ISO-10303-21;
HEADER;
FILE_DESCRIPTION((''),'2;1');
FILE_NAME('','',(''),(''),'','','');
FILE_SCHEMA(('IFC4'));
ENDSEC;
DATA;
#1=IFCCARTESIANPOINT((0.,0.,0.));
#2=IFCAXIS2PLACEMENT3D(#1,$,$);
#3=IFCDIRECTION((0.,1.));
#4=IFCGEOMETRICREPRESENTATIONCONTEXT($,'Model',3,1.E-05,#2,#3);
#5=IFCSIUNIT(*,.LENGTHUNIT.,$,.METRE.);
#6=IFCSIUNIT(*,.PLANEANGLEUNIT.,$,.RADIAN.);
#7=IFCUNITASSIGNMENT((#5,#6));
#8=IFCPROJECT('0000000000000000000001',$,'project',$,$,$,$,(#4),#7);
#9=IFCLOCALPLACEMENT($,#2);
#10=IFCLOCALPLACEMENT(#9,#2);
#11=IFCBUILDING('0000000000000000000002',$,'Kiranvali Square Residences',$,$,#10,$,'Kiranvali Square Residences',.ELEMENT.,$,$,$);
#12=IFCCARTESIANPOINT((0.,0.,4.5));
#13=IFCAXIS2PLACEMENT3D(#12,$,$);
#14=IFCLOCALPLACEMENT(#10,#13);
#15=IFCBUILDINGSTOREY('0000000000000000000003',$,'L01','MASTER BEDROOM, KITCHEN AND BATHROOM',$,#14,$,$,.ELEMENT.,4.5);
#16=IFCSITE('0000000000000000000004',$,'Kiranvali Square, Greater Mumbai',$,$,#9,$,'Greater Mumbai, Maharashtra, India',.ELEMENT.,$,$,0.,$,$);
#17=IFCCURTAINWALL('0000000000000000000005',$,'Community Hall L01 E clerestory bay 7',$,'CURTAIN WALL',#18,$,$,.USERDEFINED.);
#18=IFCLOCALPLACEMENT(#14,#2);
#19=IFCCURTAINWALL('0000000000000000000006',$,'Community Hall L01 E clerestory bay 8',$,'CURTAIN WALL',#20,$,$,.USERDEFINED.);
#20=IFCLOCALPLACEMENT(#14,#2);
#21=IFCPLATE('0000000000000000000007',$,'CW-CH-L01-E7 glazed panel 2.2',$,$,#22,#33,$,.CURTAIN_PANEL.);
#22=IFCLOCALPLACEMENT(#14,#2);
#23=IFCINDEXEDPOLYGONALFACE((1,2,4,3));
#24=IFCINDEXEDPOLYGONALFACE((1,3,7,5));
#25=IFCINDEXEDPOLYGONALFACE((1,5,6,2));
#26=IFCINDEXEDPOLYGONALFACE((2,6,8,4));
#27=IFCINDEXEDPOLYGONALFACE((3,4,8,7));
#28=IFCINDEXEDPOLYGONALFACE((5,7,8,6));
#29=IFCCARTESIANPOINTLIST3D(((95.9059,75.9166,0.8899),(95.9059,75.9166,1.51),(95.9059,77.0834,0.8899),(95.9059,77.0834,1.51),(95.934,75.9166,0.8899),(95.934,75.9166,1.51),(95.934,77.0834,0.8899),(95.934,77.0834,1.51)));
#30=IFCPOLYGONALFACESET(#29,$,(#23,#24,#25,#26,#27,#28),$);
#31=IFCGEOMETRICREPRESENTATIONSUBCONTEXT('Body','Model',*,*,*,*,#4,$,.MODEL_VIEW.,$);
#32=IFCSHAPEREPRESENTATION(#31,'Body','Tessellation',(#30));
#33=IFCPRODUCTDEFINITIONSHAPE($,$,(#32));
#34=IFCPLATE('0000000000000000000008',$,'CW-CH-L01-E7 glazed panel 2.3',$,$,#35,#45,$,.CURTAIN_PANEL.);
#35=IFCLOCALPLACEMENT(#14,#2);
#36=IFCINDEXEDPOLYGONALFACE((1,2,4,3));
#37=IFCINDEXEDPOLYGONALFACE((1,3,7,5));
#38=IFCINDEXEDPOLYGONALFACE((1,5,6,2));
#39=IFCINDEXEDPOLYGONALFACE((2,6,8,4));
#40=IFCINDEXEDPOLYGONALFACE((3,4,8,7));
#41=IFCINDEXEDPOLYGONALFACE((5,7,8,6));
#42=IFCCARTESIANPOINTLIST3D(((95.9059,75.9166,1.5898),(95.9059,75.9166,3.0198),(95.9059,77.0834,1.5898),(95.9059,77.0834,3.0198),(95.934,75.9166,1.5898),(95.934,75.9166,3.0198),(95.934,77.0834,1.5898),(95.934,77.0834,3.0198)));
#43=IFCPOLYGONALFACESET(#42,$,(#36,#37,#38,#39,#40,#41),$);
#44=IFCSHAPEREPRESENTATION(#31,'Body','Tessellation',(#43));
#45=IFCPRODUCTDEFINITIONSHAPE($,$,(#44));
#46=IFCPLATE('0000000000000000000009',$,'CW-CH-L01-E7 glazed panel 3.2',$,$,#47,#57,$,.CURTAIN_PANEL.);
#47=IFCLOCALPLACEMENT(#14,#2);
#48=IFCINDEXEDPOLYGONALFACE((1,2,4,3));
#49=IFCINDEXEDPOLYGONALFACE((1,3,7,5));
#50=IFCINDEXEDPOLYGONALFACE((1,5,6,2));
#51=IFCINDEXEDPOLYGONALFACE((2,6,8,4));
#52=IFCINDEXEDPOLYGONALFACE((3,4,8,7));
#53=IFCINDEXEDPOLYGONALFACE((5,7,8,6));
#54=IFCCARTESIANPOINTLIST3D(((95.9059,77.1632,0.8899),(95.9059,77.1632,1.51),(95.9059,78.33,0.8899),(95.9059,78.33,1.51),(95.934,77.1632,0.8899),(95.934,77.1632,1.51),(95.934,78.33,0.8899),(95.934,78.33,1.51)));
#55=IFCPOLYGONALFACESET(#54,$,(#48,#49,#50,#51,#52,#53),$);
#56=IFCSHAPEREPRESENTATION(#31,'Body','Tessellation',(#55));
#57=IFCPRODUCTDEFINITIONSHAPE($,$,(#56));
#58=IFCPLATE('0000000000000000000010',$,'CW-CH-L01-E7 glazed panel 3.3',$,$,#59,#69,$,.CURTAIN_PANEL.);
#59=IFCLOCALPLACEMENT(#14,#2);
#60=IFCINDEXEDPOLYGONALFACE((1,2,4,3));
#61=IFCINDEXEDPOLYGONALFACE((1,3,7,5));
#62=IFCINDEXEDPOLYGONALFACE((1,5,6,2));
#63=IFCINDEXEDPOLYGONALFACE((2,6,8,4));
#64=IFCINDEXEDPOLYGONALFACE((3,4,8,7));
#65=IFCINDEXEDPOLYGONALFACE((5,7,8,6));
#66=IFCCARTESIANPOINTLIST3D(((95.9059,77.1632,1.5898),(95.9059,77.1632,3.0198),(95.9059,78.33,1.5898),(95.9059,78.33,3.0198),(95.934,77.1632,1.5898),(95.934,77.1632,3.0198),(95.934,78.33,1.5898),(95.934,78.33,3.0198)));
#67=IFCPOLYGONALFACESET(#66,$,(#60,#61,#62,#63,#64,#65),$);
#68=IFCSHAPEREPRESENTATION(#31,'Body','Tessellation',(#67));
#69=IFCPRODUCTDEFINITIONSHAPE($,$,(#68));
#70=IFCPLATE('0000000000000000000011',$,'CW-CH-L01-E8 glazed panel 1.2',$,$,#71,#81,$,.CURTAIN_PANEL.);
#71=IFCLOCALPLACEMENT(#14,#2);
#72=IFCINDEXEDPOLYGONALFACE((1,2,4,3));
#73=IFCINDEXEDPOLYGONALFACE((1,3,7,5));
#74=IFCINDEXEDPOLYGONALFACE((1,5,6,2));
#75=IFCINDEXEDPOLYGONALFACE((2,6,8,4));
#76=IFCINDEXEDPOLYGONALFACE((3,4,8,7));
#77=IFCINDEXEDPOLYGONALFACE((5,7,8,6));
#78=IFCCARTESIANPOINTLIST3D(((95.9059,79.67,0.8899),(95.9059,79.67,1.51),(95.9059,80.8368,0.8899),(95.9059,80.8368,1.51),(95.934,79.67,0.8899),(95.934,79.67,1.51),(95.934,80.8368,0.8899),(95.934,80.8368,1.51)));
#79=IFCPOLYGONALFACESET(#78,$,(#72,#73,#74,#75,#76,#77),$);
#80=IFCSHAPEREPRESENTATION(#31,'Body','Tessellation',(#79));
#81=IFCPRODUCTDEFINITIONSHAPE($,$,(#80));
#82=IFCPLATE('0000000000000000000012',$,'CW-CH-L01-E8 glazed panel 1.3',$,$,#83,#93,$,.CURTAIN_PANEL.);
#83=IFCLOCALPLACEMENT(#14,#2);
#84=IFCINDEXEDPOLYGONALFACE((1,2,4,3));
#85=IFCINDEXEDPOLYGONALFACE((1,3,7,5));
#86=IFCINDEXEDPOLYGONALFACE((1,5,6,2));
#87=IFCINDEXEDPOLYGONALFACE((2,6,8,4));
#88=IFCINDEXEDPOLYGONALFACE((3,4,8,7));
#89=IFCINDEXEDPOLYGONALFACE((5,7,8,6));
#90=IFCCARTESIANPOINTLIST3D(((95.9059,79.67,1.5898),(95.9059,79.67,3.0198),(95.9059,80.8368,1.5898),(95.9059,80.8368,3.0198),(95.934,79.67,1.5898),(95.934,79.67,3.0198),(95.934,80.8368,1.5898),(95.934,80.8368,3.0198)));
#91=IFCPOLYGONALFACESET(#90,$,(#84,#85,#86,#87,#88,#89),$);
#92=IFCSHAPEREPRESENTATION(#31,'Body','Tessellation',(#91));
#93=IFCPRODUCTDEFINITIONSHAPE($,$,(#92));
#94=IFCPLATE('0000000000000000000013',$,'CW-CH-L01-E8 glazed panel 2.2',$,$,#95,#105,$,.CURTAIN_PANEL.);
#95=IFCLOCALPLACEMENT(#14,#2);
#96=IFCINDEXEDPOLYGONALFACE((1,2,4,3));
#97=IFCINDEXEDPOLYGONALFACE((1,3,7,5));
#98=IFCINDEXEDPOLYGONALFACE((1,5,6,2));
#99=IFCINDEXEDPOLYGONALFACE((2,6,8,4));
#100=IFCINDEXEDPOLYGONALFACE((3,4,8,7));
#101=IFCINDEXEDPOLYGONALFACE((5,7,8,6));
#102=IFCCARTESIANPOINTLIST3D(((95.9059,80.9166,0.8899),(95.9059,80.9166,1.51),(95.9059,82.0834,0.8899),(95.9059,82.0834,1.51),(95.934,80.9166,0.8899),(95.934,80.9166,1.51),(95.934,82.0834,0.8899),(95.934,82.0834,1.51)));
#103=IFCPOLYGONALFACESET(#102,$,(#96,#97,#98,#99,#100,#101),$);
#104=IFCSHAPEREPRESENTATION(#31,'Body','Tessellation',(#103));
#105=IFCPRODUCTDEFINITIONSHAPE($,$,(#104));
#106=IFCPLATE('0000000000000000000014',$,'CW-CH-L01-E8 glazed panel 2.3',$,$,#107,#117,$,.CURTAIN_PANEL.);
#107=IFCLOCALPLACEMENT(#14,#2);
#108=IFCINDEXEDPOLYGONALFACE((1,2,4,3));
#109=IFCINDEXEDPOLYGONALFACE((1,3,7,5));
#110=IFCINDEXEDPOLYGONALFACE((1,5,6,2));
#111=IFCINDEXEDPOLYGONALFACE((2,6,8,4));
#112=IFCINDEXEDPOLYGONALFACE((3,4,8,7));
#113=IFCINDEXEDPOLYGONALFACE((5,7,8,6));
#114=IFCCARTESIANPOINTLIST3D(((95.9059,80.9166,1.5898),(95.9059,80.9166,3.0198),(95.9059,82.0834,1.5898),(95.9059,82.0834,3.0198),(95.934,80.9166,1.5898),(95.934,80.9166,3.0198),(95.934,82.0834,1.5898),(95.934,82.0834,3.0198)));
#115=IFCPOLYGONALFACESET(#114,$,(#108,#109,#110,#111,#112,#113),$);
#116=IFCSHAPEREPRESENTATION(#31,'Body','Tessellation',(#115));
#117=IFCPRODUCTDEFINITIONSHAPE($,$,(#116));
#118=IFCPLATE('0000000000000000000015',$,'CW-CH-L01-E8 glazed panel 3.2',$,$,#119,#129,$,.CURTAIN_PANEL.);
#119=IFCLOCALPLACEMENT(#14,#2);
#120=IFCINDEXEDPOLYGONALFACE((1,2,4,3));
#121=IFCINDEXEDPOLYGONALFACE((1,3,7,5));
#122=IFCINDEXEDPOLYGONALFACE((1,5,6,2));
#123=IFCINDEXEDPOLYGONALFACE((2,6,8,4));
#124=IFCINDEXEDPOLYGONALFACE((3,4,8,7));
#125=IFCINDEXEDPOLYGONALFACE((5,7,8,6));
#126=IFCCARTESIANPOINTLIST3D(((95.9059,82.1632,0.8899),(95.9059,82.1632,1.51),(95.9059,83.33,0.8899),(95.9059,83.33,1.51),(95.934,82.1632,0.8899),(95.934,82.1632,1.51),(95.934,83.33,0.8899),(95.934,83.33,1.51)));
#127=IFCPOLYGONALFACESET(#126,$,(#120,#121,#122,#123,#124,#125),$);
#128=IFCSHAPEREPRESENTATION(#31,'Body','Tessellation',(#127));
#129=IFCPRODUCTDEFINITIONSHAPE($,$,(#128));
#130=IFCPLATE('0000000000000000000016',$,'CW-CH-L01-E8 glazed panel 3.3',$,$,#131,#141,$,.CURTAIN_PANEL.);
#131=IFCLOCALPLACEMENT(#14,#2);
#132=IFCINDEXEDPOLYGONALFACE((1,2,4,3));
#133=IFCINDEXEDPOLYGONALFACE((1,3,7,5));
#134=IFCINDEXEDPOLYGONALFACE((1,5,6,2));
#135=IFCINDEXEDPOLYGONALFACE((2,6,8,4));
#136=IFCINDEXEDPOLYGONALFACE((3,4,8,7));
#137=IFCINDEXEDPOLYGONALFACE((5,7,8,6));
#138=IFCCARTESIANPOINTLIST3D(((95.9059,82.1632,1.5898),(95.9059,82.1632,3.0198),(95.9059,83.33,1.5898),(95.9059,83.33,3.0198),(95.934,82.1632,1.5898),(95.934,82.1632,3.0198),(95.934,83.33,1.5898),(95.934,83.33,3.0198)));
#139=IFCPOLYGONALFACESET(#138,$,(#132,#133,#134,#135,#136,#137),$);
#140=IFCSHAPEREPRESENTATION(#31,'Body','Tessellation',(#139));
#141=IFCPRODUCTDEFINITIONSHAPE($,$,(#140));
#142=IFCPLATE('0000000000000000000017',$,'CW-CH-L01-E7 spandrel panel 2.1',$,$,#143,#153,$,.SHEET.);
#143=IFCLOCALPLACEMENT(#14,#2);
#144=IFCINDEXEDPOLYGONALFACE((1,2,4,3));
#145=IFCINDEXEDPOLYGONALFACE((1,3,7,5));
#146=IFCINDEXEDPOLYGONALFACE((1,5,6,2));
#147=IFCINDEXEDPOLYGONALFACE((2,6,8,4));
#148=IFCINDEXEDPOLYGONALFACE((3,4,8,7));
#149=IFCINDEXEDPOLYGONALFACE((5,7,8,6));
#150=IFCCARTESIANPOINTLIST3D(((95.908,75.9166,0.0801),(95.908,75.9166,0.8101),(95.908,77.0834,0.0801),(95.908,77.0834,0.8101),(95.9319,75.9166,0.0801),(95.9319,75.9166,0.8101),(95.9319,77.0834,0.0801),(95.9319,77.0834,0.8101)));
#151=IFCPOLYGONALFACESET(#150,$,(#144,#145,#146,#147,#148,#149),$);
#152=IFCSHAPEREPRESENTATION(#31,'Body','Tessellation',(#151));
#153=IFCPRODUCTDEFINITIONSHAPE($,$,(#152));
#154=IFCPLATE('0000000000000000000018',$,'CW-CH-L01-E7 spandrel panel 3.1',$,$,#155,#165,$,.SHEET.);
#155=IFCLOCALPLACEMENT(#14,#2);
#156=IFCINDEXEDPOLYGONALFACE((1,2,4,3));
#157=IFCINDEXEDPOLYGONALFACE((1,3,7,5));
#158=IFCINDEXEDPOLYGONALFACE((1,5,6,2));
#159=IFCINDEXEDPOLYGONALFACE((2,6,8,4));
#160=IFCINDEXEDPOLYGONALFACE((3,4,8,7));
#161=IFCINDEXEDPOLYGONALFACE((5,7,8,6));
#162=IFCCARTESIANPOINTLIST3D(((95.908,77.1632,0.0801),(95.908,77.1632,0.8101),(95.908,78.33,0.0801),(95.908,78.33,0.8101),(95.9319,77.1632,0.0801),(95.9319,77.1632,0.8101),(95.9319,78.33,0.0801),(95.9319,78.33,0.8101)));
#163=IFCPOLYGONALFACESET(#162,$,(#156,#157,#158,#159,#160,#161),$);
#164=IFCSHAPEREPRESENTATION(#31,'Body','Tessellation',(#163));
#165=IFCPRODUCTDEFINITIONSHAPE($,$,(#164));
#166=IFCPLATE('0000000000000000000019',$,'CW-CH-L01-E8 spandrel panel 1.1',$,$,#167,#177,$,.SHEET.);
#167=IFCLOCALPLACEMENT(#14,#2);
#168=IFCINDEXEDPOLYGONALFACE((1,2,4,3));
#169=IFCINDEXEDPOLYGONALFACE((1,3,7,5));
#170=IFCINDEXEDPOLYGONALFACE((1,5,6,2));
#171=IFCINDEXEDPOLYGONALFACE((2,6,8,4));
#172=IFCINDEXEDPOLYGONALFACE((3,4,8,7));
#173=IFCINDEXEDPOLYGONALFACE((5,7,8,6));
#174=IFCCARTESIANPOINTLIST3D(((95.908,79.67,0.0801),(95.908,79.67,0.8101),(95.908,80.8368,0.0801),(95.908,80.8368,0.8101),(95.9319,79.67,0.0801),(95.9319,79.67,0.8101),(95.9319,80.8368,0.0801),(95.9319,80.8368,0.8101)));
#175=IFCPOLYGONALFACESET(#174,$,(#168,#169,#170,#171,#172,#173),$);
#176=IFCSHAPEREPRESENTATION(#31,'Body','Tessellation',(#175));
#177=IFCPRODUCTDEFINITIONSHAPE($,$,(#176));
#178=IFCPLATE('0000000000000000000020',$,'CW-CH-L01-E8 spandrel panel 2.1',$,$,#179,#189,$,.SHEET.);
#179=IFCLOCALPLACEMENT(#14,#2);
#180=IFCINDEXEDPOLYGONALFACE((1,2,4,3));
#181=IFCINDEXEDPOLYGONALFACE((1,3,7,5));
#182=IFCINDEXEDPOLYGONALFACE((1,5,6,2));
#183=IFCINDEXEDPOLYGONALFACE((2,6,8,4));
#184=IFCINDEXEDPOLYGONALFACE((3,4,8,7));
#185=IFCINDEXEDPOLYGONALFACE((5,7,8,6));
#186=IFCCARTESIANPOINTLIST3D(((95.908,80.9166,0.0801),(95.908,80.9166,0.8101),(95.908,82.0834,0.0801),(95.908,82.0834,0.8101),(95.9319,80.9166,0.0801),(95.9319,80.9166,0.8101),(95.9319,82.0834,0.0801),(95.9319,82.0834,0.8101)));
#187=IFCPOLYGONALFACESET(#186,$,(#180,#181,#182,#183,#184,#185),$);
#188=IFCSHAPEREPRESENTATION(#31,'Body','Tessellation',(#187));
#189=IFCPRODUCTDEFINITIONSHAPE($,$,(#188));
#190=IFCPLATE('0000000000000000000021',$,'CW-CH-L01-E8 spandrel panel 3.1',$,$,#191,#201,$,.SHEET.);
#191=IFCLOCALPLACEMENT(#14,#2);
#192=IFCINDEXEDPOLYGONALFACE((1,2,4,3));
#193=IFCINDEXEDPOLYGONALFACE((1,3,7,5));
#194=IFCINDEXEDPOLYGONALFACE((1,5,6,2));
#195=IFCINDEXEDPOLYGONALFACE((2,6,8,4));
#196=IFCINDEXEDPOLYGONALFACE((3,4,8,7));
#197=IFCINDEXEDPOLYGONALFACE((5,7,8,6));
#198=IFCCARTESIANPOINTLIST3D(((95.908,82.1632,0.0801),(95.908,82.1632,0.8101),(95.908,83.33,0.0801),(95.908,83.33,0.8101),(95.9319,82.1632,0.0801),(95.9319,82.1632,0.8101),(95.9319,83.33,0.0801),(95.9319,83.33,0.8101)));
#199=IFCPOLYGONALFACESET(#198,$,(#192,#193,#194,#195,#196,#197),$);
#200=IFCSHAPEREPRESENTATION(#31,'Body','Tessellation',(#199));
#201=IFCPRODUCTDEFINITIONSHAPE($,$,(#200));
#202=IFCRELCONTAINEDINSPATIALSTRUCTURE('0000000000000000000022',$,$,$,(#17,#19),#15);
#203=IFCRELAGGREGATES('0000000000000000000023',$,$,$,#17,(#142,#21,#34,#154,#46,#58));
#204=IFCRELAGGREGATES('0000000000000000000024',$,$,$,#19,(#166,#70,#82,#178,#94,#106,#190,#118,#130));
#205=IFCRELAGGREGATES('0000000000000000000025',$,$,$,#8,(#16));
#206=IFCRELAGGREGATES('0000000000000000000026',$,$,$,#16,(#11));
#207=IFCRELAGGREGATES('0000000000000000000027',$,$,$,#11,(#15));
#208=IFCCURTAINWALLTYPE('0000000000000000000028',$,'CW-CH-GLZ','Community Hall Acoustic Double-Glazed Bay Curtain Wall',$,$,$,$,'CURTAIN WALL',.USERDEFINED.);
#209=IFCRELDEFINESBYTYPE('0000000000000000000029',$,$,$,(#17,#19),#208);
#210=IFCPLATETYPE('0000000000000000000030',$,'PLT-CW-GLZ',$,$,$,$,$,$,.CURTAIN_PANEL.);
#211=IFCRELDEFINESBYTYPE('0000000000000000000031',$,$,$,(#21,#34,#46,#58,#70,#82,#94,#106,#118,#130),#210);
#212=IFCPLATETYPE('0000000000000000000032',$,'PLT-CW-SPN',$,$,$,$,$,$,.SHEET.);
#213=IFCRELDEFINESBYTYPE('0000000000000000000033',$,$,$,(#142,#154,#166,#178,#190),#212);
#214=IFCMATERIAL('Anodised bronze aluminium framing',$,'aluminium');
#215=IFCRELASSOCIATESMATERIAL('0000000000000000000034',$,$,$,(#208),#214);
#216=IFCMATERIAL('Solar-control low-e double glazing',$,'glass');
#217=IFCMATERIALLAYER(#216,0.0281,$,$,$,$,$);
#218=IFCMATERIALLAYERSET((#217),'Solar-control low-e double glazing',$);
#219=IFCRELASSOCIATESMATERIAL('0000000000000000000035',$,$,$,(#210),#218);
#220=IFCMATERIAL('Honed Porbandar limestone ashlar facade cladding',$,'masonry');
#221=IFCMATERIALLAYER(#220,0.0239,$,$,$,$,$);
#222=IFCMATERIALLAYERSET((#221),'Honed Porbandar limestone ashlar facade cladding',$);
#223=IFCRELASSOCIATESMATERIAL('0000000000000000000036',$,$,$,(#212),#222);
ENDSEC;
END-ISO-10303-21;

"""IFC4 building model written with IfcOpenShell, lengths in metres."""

from ifc_helpers import new_model, si_unit, direction, frame, origin, origin_2d, place, context, subcontext, project, spatial, rectangle, extrude, material, layer, layer_set, type_object, element, aggregate, save


model = new_model("IFC4")

# Units and contexts
model_context = context("Model", 3, precision=1e-05, world=origin(), true_north=direction((0.0, 1.0)))
body_context = subcontext(model_context, "Body", "Model", "MODEL_VIEW")
ifc_project = project(units=[si_unit("LENGTHUNIT", "METRE"), si_unit("PLANEANGLEUNIT", "RADIAN")], contexts=[model_context])

# Site, building, storey
site_placement = place(None, origin())
site = spatial("IfcSite", under=ifc_project, at=site_placement, Name="Kiranvali Square, Greater Mumbai", LongName="Greater Mumbai, Maharashtra, India", CompositionType="ELEMENT", RefElevation=0.0)
building_placement = place(site_placement, origin())
building = spatial("IfcBuilding", under=site, at=building_placement, Name="Kiranvali Square Residences", LongName="Kiranvali Square Residences", CompositionType="ELEMENT")
storey_placement = place(building_placement, frame((0.0, 0.0, 4.5)))
storey = spatial("IfcBuildingStorey", under=building, at=storey_placement, Name="L01", Description="MASTER BEDROOM, KITCHEN AND BATHROOM", CompositionType="ELEMENT", Elevation=4.5)

# Curtain walls
ifc_material_1 = material(Name="Anodised bronze aluminium framing", Category="aluminium")
curtain_wall_type = type_object("IfcCurtainWallType", Name="CW-CH-GLZ", Description="Community Hall Acoustic Double-Glazed Bay Curtain Wall", ElementType="CURTAIN WALL", PredefinedType="USERDEFINED", material=ifc_material_1)
curtain_wall_1_placement = place(storey_placement, origin())
curtain_wall_1 = element("IfcCurtainWall", 1, at=curtain_wall_1_placement, inside=storey, type_object=curtain_wall_type, Name="Community Hall L01 E clerestory bay 7", ObjectType="CURTAIN WALL", PredefinedType="USERDEFINED")
curtain_wall_2_placement = place(storey_placement, origin())
curtain_wall_2 = element("IfcCurtainWall", 2, at=curtain_wall_2_placement, inside=storey, type_object=curtain_wall_type, Name="Community Hall L01 E clerestory bay 8", ObjectType="CURTAIN WALL", PredefinedType="USERDEFINED")

# Plates
ifc_material_2 = material(Name="Solar-control low-e double glazing", Category="glass")
ifc_layer_1 = layer(ifc_material_2, 0.0281)
ifc_layer_set_1 = layer_set([ifc_layer_1], Name="Solar-control low-e double glazing")
plate_type_1 = type_object("IfcPlateType", Name="PLT-CW-GLZ", PredefinedType="CURTAIN_PANEL", material=ifc_layer_set_1)
plate_1_placement = place(storey_placement, frame((95.9199, 76.5, 0.8899), z_axis=(0.0, 0.0, 1.0), x_axis=(0.0, 1.0, 0.0)))
plate_1 = element("IfcPlate", 3, at=plate_1_placement, type_object=plate_type_1, Name="CW-CH-L01-E7 glazed panel 2.2", PredefinedType="CURTAIN_PANEL", context=body_context, shape_type="SweptSolid", body=[
    extrude(rectangle(XDim=1.1667, YDim=0.0281, at=origin_2d()), origin(), (0.0, 0.0, 1.0), 0.6201),
])
plate_2_placement = place(storey_placement, frame((95.9199, 76.5, 1.5898), z_axis=(0.0, 0.0, 1.0), x_axis=(0.0, 1.0, 0.0)))
plate_2 = element("IfcPlate", 4, at=plate_2_placement, type_object=plate_type_1, Name="CW-CH-L01-E7 glazed panel 2.3", PredefinedType="CURTAIN_PANEL", context=body_context, shape_type="SweptSolid", body=[
    extrude(rectangle(XDim=1.1667, YDim=0.0281, at=origin_2d()), origin(), (0.0, 0.0, 1.0), 1.4299),
])
plate_3_placement = place(storey_placement, frame((95.9199, 77.7466, 0.8899), z_axis=(0.0, 0.0, 1.0), x_axis=(0.0, 1.0, 0.0)))
plate_3 = element("IfcPlate", 5, at=plate_3_placement, type_object=plate_type_1, Name="CW-CH-L01-E7 glazed panel 3.2", PredefinedType="CURTAIN_PANEL", context=body_context, shape_type="SweptSolid", body=[
    extrude(rectangle(XDim=1.1667, YDim=0.0281, at=origin_2d()), origin(), (0.0, 0.0, 1.0), 0.6201),
])
plate_4_placement = place(storey_placement, frame((95.9199, 77.7466, 1.5898), z_axis=(0.0, 0.0, 1.0), x_axis=(0.0, 1.0, 0.0)))
plate_4 = element("IfcPlate", 6, at=plate_4_placement, type_object=plate_type_1, Name="CW-CH-L01-E7 glazed panel 3.3", PredefinedType="CURTAIN_PANEL", context=body_context, shape_type="SweptSolid", body=[
    extrude(rectangle(XDim=1.1667, YDim=0.0281, at=origin_2d()), origin(), (0.0, 0.0, 1.0), 1.4299),
])
plate_5_placement = place(storey_placement, frame((95.9199, 80.2534, 0.8899), z_axis=(0.0, 0.0, 1.0), x_axis=(0.0, 1.0, 0.0)))
plate_5 = element("IfcPlate", 7, at=plate_5_placement, type_object=plate_type_1, Name="CW-CH-L01-E8 glazed panel 1.2", PredefinedType="CURTAIN_PANEL", context=body_context, shape_type="SweptSolid", body=[
    extrude(rectangle(XDim=1.1667, YDim=0.0281, at=origin_2d()), origin(), (0.0, 0.0, 1.0), 0.6201),
])
plate_6_placement = place(storey_placement, frame((95.9199, 80.2534, 1.5898), z_axis=(0.0, 0.0, 1.0), x_axis=(0.0, 1.0, 0.0)))
plate_6 = element("IfcPlate", 8, at=plate_6_placement, type_object=plate_type_1, Name="CW-CH-L01-E8 glazed panel 1.3", PredefinedType="CURTAIN_PANEL", context=body_context, shape_type="SweptSolid", body=[
    extrude(rectangle(XDim=1.1667, YDim=0.0281, at=origin_2d()), origin(), (0.0, 0.0, 1.0), 1.4299),
])
plate_7_placement = place(storey_placement, frame((95.9199, 81.5, 0.8899), z_axis=(0.0, 0.0, 1.0), x_axis=(0.0, 1.0, 0.0)))
plate_7 = element("IfcPlate", 9, at=plate_7_placement, type_object=plate_type_1, Name="CW-CH-L01-E8 glazed panel 2.2", PredefinedType="CURTAIN_PANEL", context=body_context, shape_type="SweptSolid", body=[
    extrude(rectangle(XDim=1.1667, YDim=0.0281, at=origin_2d()), origin(), (0.0, 0.0, 1.0), 0.6201),
])
plate_8_placement = place(storey_placement, frame((95.9199, 81.5, 1.5898), z_axis=(0.0, 0.0, 1.0), x_axis=(0.0, 1.0, 0.0)))
plate_8 = element("IfcPlate", 10, at=plate_8_placement, type_object=plate_type_1, Name="CW-CH-L01-E8 glazed panel 2.3", PredefinedType="CURTAIN_PANEL", context=body_context, shape_type="SweptSolid", body=[
    extrude(rectangle(XDim=1.1667, YDim=0.0281, at=origin_2d()), origin(), (0.0, 0.0, 1.0), 1.4299),
])
plate_9_placement = place(storey_placement, frame((95.9199, 82.7466, 0.8899), z_axis=(0.0, 0.0, 1.0), x_axis=(0.0, 1.0, 0.0)))
plate_9 = element("IfcPlate", 11, at=plate_9_placement, type_object=plate_type_1, Name="CW-CH-L01-E8 glazed panel 3.2", PredefinedType="CURTAIN_PANEL", context=body_context, shape_type="SweptSolid", body=[
    extrude(rectangle(XDim=1.1667, YDim=0.0281, at=origin_2d()), origin(), (0.0, 0.0, 1.0), 0.6201),
])
plate_10_placement = place(storey_placement, frame((95.9199, 82.7466, 1.5898), z_axis=(0.0, 0.0, 1.0), x_axis=(0.0, 1.0, 0.0)))
plate_10 = element("IfcPlate", 12, at=plate_10_placement, type_object=plate_type_1, Name="CW-CH-L01-E8 glazed panel 3.3", PredefinedType="CURTAIN_PANEL", context=body_context, shape_type="SweptSolid", body=[
    extrude(rectangle(XDim=1.1667, YDim=0.0281, at=origin_2d()), origin(), (0.0, 0.0, 1.0), 1.4299),
])
ifc_material_3 = material(Name="Honed Porbandar limestone ashlar facade cladding", Category="masonry")
ifc_layer_2 = layer(ifc_material_3, 0.0239)
ifc_layer_set_2 = layer_set([ifc_layer_2], Name="Honed Porbandar limestone ashlar facade cladding")
plate_type_2 = type_object("IfcPlateType", Name="PLT-CW-SPN", PredefinedType="SHEET", material=ifc_layer_set_2)
plate_11_placement = place(storey_placement, frame((95.9199, 76.5, 0.0801), z_axis=(0.0, 0.0, 1.0), x_axis=(0.0, 1.0, 0.0)))
plate_11 = element("IfcPlate", 13, at=plate_11_placement, type_object=plate_type_2, Name="CW-CH-L01-E7 spandrel panel 2.1", PredefinedType="SHEET", context=body_context, shape_type="SweptSolid", body=[
    extrude(rectangle(XDim=1.1667, YDim=0.0239, at=origin_2d()), origin(), (0.0, 0.0, 1.0), 0.73),
])
plate_12_placement = place(storey_placement, frame((95.9199, 77.7466, 0.0801), z_axis=(0.0, 0.0, 1.0), x_axis=(0.0, 1.0, 0.0)))
plate_12 = element("IfcPlate", 14, at=plate_12_placement, type_object=plate_type_2, Name="CW-CH-L01-E7 spandrel panel 3.1", PredefinedType="SHEET", context=body_context, shape_type="SweptSolid", body=[
    extrude(rectangle(XDim=1.1667, YDim=0.0239, at=origin_2d()), origin(), (0.0, 0.0, 1.0), 0.73),
])
aggregate(curtain_wall_1, [plate_11, plate_1, plate_2, plate_12, plate_3, plate_4])
plate_13_placement = place(storey_placement, frame((95.9199, 80.2534, 0.0801), z_axis=(0.0, 0.0, 1.0), x_axis=(0.0, 1.0, 0.0)))
plate_13 = element("IfcPlate", 15, at=plate_13_placement, type_object=plate_type_2, Name="CW-CH-L01-E8 spandrel panel 1.1", PredefinedType="SHEET", context=body_context, shape_type="SweptSolid", body=[
    extrude(rectangle(XDim=1.1667, YDim=0.0239, at=origin_2d()), origin(), (0.0, 0.0, 1.0), 0.73),
])
plate_14_placement = place(storey_placement, frame((95.9199, 81.5, 0.0801), z_axis=(0.0, 0.0, 1.0), x_axis=(0.0, 1.0, 0.0)))
plate_14 = element("IfcPlate", 16, at=plate_14_placement, type_object=plate_type_2, Name="CW-CH-L01-E8 spandrel panel 2.1", PredefinedType="SHEET", context=body_context, shape_type="SweptSolid", body=[
    extrude(rectangle(XDim=1.1667, YDim=0.0239, at=origin_2d()), origin(), (0.0, 0.0, 1.0), 0.73),
])
plate_15_placement = place(storey_placement, frame((95.9199, 82.7466, 0.0801), z_axis=(0.0, 0.0, 1.0), x_axis=(0.0, 1.0, 0.0)))
plate_15 = element("IfcPlate", 17, at=plate_15_placement, type_object=plate_type_2, Name="CW-CH-L01-E8 spandrel panel 3.1", PredefinedType="SHEET", context=body_context, shape_type="SweptSolid", body=[
    extrude(rectangle(XDim=1.1667, YDim=0.0239, at=origin_2d()), origin(), (0.0, 0.0, 1.0), 0.73),
])
aggregate(curtain_wall_2, [plate_13, plate_5, plate_6, plate_14, plate_7, plate_8, plate_15, plate_9, plate_10])

save(model, "model.ifc")
